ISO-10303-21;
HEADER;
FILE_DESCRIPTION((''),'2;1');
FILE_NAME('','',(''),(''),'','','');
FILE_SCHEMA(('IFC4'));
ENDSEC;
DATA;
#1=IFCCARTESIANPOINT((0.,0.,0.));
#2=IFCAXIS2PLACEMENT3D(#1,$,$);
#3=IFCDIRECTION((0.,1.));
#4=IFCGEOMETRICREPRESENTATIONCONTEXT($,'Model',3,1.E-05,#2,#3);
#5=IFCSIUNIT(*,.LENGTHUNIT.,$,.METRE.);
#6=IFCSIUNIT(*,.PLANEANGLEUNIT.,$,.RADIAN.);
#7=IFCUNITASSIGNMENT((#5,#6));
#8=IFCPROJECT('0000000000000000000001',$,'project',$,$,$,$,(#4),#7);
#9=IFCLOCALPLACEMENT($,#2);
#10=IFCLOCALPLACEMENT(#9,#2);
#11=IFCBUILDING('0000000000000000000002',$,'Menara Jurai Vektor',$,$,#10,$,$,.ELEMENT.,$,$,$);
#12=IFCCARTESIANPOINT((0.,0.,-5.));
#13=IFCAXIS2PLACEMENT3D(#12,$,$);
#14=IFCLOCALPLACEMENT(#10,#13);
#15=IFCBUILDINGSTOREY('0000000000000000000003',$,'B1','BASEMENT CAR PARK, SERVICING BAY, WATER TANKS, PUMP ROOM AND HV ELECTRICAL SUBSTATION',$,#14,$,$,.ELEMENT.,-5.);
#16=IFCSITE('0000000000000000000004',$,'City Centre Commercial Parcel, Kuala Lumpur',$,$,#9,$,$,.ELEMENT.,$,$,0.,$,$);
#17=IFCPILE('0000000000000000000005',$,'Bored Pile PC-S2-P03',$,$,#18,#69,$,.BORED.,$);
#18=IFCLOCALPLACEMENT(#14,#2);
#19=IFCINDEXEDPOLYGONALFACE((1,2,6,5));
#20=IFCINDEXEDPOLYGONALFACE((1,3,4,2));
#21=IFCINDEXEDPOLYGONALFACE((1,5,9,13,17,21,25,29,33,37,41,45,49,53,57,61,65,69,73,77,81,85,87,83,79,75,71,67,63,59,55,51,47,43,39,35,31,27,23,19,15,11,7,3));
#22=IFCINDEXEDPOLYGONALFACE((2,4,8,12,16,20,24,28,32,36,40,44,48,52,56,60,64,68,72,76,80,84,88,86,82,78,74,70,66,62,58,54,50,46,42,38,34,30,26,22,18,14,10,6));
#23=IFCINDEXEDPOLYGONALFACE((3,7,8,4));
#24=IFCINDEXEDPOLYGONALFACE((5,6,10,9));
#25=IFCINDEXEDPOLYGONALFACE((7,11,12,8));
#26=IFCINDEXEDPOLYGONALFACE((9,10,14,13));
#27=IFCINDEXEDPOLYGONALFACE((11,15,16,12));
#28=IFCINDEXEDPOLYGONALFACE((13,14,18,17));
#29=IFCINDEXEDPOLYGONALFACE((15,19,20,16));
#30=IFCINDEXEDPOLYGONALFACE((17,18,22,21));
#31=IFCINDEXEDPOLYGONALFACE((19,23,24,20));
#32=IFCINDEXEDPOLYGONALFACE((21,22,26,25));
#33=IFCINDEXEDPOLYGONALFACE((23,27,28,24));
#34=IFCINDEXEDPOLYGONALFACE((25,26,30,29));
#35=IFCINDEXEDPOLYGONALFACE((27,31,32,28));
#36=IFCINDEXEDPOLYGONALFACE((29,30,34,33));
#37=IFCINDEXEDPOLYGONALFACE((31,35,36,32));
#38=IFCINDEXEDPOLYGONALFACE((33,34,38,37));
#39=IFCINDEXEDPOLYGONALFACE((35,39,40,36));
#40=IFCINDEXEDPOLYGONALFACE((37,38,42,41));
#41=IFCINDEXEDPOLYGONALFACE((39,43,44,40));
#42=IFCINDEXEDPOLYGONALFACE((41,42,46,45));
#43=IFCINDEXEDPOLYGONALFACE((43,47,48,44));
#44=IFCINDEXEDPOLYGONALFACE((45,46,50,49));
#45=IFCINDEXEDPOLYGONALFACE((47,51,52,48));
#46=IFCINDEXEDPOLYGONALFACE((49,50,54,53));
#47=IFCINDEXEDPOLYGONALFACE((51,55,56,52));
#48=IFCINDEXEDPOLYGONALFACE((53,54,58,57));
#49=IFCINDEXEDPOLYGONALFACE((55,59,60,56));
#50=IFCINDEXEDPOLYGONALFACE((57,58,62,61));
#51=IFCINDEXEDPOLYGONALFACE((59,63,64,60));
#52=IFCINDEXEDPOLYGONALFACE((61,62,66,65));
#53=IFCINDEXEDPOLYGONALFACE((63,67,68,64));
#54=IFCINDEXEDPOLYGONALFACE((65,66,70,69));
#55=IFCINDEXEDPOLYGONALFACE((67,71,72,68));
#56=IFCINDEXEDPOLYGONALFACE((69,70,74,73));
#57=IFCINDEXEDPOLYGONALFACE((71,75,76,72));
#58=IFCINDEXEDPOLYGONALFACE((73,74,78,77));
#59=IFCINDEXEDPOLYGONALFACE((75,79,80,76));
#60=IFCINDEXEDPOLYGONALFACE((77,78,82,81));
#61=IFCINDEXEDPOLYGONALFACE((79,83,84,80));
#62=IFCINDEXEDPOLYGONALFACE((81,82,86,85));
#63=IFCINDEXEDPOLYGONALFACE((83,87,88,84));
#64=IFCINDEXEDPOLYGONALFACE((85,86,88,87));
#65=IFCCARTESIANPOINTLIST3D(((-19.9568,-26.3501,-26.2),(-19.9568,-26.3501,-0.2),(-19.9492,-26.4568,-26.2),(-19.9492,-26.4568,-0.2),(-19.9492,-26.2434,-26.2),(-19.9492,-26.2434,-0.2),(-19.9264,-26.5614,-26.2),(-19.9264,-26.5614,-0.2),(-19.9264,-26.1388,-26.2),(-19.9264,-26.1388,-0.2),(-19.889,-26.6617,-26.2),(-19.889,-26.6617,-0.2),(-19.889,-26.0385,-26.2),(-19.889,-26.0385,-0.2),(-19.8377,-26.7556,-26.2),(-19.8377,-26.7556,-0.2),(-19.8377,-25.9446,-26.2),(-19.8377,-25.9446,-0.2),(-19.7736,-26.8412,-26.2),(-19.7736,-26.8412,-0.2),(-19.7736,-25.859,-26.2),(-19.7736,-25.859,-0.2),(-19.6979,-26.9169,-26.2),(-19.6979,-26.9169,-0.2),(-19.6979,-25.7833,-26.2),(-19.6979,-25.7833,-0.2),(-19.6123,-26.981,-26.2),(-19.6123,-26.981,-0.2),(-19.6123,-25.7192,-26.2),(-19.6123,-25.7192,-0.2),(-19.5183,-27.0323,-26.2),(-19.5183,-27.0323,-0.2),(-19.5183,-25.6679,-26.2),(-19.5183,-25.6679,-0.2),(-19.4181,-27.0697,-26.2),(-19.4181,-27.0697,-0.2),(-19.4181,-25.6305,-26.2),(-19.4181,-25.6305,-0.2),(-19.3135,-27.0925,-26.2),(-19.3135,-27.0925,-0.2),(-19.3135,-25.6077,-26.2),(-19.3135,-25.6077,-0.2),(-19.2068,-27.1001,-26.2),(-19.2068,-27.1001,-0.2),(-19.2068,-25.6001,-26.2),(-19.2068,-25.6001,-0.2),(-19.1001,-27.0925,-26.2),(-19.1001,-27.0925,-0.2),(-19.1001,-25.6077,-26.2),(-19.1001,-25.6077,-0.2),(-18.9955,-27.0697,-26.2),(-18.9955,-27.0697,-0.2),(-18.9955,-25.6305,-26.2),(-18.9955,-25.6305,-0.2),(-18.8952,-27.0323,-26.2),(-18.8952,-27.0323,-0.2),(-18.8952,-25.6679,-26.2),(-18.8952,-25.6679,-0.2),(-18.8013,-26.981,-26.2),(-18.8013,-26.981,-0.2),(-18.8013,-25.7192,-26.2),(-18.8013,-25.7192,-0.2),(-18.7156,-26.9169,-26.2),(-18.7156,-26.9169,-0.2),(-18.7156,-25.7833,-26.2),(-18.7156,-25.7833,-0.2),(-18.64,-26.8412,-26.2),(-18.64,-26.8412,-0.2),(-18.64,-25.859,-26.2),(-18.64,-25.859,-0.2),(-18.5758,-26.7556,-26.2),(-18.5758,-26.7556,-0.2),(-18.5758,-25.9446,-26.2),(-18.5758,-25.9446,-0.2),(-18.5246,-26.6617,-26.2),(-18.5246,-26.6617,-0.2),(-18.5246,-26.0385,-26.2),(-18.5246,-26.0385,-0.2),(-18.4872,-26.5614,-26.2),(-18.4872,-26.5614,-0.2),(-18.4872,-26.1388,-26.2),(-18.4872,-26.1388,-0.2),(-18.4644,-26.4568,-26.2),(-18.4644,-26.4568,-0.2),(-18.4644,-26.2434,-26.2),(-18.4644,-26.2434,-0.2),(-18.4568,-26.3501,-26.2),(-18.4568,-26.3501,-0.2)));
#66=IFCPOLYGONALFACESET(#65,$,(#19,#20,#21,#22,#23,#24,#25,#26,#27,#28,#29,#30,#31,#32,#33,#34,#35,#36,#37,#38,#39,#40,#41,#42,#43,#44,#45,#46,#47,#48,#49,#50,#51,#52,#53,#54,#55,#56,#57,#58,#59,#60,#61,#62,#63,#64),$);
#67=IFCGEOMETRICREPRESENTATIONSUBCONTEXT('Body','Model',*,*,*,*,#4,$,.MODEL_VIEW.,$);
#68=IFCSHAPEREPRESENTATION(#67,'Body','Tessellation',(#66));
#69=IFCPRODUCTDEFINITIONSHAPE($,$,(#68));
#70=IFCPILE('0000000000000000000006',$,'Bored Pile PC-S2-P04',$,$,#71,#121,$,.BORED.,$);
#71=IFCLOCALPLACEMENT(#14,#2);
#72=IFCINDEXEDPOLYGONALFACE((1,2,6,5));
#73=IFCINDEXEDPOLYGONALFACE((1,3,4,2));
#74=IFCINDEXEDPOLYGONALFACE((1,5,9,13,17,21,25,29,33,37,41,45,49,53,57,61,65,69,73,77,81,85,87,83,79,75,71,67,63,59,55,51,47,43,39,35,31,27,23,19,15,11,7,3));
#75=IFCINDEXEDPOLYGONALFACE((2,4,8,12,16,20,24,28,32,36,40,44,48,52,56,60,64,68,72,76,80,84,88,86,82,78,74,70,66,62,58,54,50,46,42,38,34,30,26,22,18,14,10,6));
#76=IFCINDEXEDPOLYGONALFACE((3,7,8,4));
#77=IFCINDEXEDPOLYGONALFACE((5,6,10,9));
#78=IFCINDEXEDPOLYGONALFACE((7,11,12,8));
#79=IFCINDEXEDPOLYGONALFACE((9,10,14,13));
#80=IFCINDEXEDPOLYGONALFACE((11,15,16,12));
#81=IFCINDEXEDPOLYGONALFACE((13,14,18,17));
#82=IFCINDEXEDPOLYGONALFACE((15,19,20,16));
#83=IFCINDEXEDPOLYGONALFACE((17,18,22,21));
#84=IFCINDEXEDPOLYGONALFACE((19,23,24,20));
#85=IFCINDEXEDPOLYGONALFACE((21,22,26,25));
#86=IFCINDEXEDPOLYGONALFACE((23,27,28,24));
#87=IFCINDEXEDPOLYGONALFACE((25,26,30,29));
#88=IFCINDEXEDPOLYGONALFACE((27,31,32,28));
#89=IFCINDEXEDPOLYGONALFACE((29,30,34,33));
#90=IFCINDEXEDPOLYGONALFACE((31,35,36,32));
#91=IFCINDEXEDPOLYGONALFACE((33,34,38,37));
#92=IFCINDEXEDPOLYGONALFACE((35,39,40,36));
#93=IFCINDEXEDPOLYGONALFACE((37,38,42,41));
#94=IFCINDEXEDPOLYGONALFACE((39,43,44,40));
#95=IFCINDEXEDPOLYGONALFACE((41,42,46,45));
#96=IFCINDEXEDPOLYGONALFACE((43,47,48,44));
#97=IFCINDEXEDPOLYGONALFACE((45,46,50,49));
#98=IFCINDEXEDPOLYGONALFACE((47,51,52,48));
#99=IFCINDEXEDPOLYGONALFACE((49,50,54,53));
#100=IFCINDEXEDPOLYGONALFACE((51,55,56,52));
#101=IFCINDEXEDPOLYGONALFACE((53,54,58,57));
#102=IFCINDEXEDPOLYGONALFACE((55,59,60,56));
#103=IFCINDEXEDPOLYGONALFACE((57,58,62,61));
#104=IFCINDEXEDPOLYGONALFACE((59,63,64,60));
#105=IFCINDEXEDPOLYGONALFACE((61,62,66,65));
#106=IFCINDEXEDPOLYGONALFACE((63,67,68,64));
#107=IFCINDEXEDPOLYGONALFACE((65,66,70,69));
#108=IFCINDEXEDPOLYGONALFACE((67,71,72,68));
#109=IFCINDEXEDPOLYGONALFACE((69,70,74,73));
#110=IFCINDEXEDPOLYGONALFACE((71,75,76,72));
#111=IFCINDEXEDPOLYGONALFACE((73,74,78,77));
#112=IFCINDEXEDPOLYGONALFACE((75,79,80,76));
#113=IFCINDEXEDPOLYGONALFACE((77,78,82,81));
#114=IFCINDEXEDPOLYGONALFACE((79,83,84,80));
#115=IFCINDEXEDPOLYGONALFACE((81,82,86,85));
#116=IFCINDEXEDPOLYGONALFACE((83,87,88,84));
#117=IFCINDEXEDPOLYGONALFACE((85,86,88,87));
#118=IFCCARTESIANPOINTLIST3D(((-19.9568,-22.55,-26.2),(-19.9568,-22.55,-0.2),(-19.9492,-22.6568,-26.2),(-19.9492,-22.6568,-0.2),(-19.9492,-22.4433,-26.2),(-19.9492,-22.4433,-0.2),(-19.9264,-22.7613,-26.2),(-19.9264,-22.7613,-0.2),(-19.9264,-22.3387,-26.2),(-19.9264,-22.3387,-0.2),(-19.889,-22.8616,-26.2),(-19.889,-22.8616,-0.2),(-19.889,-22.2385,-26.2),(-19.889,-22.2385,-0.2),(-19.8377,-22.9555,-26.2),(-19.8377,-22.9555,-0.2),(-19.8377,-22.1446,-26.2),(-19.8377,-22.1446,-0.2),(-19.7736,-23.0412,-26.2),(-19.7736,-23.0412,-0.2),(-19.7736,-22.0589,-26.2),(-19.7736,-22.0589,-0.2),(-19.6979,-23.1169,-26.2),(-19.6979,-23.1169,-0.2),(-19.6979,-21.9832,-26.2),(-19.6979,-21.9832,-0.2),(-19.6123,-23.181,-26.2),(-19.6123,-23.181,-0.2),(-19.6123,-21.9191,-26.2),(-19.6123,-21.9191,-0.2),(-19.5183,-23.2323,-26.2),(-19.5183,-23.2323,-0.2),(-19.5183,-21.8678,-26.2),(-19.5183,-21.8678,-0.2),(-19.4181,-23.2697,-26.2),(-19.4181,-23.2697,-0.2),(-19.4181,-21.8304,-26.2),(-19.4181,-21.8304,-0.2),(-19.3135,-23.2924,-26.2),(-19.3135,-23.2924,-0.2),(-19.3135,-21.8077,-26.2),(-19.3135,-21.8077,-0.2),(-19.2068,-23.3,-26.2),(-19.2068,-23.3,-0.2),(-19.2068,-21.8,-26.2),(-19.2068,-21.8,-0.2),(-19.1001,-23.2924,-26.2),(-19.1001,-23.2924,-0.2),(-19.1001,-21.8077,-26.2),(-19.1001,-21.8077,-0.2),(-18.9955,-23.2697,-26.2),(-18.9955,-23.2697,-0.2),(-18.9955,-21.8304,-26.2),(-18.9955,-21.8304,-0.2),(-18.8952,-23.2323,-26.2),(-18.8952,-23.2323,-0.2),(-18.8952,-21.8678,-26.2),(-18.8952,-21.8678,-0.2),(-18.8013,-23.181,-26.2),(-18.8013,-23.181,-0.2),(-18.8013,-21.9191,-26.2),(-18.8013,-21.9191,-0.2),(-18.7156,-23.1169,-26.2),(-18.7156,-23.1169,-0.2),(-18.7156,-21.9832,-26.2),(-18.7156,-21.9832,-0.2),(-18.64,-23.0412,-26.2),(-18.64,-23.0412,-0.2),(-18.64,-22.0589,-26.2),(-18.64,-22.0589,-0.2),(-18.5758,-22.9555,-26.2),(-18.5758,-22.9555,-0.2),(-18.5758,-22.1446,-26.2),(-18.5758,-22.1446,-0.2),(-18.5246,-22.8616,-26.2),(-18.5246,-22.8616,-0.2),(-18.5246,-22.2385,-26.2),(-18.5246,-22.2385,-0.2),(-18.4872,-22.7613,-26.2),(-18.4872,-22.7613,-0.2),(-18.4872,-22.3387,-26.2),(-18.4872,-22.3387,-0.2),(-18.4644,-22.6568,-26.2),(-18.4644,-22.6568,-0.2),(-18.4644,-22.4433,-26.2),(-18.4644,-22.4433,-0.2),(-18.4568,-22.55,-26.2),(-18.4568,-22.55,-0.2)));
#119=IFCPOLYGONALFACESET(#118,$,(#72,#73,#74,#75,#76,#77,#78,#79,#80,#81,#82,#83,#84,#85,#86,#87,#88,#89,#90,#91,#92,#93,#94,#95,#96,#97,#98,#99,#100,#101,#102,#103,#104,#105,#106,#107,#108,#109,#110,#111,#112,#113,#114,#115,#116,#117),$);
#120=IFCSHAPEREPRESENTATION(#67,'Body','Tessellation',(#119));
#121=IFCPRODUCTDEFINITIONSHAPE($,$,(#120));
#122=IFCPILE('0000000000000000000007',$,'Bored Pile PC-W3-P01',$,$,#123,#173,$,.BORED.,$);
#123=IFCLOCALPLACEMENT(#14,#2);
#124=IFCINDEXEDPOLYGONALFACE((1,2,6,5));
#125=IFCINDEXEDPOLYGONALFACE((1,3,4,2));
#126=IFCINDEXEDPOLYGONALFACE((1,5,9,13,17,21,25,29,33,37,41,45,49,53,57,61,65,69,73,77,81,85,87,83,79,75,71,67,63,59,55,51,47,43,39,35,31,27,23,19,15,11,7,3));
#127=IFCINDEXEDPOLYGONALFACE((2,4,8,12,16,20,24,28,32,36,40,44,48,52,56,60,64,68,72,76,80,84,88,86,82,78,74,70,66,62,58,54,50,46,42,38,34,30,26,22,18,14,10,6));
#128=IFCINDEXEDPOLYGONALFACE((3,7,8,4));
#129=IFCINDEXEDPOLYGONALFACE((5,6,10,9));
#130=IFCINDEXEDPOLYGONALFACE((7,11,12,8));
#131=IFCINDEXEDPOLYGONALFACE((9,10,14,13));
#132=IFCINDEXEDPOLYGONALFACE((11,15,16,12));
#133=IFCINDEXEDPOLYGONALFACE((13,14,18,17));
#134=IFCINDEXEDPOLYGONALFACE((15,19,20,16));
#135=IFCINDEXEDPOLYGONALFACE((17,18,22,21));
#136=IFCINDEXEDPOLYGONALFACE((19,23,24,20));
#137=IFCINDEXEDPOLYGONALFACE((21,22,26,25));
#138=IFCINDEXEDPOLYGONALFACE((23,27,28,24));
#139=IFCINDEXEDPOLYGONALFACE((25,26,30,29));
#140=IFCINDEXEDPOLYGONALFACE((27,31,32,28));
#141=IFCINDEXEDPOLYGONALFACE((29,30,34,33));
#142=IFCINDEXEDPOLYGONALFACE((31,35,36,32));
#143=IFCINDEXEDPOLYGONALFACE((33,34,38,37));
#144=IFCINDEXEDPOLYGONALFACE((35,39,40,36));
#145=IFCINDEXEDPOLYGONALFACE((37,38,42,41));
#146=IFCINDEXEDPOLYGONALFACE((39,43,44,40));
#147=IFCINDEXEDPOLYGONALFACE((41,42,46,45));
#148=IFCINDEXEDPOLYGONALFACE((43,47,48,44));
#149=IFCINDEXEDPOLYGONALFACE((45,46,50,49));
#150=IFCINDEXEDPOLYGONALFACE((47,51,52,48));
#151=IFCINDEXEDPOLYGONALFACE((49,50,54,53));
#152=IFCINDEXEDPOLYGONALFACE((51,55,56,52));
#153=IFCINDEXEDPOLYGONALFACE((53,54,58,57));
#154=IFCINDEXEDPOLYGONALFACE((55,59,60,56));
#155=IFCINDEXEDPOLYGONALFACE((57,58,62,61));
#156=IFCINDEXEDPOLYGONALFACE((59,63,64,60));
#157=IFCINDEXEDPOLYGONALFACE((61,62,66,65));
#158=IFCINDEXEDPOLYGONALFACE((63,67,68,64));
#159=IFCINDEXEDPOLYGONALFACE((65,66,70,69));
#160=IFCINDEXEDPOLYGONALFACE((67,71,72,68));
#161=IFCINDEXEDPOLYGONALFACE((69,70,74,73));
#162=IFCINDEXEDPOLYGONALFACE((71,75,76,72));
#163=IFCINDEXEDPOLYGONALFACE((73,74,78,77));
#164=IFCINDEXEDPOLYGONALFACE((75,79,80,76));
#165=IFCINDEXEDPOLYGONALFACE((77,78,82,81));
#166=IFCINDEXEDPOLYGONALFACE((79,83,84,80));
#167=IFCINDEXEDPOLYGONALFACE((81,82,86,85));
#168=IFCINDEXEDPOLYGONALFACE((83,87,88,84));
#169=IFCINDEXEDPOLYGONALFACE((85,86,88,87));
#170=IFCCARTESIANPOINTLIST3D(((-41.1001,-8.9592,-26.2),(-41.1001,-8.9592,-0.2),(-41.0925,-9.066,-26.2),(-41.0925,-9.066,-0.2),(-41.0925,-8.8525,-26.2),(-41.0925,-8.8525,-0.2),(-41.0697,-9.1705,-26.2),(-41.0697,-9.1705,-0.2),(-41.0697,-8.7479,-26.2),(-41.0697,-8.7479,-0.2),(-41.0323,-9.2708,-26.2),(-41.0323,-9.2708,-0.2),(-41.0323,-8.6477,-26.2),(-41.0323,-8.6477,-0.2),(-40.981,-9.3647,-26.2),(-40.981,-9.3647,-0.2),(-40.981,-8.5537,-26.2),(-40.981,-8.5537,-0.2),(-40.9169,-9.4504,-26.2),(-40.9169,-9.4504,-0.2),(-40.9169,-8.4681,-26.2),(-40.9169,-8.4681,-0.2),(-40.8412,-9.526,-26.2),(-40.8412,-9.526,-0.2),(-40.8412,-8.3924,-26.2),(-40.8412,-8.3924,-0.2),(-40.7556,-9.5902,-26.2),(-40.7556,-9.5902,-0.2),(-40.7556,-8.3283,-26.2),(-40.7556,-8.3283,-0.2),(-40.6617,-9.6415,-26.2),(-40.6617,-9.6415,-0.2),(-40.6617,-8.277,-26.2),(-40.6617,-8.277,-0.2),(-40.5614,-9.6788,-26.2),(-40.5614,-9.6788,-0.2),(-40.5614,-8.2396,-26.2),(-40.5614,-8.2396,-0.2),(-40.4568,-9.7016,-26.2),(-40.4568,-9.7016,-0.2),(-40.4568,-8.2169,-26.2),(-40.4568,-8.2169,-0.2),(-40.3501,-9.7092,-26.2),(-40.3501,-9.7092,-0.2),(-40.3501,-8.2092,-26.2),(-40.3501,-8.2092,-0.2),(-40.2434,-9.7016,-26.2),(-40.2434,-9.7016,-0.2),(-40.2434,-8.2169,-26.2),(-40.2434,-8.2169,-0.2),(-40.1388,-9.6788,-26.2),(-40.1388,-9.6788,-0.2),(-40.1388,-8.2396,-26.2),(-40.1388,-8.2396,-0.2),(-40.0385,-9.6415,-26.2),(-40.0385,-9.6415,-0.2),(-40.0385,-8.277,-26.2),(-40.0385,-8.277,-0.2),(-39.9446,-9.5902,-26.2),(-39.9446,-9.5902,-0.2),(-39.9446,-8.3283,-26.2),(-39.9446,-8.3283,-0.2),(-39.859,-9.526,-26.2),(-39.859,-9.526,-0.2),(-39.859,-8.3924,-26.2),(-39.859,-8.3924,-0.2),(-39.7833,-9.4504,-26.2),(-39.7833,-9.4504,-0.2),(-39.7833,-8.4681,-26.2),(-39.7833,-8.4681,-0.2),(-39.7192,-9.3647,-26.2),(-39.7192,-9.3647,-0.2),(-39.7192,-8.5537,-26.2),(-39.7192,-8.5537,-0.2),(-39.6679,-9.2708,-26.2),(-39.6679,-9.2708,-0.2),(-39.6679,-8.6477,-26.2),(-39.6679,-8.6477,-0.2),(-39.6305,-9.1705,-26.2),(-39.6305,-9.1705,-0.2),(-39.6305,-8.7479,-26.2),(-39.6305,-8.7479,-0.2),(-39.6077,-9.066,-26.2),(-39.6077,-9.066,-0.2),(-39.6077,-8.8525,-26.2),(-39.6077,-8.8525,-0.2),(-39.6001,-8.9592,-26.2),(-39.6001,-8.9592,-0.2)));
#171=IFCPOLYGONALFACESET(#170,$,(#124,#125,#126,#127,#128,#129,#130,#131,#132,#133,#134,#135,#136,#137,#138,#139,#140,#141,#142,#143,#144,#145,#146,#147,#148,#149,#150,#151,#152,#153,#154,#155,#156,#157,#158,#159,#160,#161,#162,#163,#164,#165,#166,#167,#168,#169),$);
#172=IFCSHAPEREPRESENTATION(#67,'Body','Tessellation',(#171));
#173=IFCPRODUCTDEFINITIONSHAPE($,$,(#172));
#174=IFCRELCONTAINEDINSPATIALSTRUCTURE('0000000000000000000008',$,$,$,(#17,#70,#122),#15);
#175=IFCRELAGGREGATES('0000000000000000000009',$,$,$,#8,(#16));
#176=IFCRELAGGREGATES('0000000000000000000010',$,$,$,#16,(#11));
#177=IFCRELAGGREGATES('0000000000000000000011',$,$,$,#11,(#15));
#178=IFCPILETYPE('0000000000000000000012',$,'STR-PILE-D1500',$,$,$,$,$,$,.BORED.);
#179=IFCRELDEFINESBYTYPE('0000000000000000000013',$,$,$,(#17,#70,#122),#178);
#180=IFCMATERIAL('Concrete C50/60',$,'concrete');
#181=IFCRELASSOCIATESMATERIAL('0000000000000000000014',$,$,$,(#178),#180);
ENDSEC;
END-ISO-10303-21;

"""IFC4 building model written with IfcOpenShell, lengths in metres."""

from ifc_helpers import new_model, si_unit, direction, frame, origin, origin_2d, place, context, subcontext, project, spatial, circle, extrude, material, material_profile, profile_set, type_object, element, save


model = new_model("IFC4")

# Units and contexts
model_context = context("Model", 3, precision=1e-05, world=origin(), true_north=direction((0.0, 1.0)))
body_context = subcontext(model_context, "Body", "Model", "MODEL_VIEW")
ifc_project = project(units=[si_unit("LENGTHUNIT", "METRE"), si_unit("PLANEANGLEUNIT", "RADIAN")], contexts=[model_context])

# Site, building, storey
site_placement = place(None, origin())
site = spatial("IfcSite", under=ifc_project, at=site_placement, Name="City Centre Commercial Parcel, Kuala Lumpur", CompositionType="ELEMENT", RefElevation=0.0)
building_placement = place(site_placement, origin())
building = spatial("IfcBuilding", under=site, at=building_placement, Name="Menara Jurai Vektor", CompositionType="ELEMENT")
storey_placement = place(building_placement, frame((0.0, 0.0, -5.0)))
storey = spatial("IfcBuildingStorey", under=building, at=storey_placement, Name="B1", Description="BASEMENT CAR PARK, SERVICING BAY, WATER TANKS, PUMP ROOM AND HV ELECTRICAL SUBSTATION", CompositionType="ELEMENT", Elevation=-5.0)

# Shared definitions
ifc_material_1 = material(Name="Concrete C50/60", Category="concrete")

# Piles
ifc_material_profile_1 = material_profile(ifc_material_1, circle(Radius=0.75, at=origin_2d()), Name="PILE D1500")
ifc_profile_set_1 = profile_set([ifc_material_profile_1], Name="Concrete C50/60")
pile_type = type_object("IfcPileType", Name="STR-PILE-D1500", PredefinedType="BORED", material=ifc_profile_set_1)
for number, where, z_axis, x_axis, name in (
    (1, (-19.2068, -26.3501, -0.2), (0.0, 0.0, -1.0), (1.0, 0.0, 0.0), "Bored Pile PC-S2-P03"),
    (2, (-19.2068, -22.55, -0.2), (0.0, 0.0, -1.0), (1.0, 0.0, 0.0), "Bored Pile PC-S2-P04"),
    (3, (-40.3501, -8.9592, -0.2), (0.0, 0.0, -1.0), (1.0, 0.0, 0.0), "Bored Pile PC-W3-P01"),
):
    element("IfcPile", number, at=place(storey_placement, frame(where, z_axis=z_axis, x_axis=x_axis)), inside=storey, type_object=pile_type, Name=name, PredefinedType="BORED", context=body_context, shape_type="SweptSolid", body=[
        extrude(circle(Radius=0.75, at=origin_2d()), origin(), (0.0, 0.0, 1.0), 26.0),
    ])

save(model, "model.ifc")
